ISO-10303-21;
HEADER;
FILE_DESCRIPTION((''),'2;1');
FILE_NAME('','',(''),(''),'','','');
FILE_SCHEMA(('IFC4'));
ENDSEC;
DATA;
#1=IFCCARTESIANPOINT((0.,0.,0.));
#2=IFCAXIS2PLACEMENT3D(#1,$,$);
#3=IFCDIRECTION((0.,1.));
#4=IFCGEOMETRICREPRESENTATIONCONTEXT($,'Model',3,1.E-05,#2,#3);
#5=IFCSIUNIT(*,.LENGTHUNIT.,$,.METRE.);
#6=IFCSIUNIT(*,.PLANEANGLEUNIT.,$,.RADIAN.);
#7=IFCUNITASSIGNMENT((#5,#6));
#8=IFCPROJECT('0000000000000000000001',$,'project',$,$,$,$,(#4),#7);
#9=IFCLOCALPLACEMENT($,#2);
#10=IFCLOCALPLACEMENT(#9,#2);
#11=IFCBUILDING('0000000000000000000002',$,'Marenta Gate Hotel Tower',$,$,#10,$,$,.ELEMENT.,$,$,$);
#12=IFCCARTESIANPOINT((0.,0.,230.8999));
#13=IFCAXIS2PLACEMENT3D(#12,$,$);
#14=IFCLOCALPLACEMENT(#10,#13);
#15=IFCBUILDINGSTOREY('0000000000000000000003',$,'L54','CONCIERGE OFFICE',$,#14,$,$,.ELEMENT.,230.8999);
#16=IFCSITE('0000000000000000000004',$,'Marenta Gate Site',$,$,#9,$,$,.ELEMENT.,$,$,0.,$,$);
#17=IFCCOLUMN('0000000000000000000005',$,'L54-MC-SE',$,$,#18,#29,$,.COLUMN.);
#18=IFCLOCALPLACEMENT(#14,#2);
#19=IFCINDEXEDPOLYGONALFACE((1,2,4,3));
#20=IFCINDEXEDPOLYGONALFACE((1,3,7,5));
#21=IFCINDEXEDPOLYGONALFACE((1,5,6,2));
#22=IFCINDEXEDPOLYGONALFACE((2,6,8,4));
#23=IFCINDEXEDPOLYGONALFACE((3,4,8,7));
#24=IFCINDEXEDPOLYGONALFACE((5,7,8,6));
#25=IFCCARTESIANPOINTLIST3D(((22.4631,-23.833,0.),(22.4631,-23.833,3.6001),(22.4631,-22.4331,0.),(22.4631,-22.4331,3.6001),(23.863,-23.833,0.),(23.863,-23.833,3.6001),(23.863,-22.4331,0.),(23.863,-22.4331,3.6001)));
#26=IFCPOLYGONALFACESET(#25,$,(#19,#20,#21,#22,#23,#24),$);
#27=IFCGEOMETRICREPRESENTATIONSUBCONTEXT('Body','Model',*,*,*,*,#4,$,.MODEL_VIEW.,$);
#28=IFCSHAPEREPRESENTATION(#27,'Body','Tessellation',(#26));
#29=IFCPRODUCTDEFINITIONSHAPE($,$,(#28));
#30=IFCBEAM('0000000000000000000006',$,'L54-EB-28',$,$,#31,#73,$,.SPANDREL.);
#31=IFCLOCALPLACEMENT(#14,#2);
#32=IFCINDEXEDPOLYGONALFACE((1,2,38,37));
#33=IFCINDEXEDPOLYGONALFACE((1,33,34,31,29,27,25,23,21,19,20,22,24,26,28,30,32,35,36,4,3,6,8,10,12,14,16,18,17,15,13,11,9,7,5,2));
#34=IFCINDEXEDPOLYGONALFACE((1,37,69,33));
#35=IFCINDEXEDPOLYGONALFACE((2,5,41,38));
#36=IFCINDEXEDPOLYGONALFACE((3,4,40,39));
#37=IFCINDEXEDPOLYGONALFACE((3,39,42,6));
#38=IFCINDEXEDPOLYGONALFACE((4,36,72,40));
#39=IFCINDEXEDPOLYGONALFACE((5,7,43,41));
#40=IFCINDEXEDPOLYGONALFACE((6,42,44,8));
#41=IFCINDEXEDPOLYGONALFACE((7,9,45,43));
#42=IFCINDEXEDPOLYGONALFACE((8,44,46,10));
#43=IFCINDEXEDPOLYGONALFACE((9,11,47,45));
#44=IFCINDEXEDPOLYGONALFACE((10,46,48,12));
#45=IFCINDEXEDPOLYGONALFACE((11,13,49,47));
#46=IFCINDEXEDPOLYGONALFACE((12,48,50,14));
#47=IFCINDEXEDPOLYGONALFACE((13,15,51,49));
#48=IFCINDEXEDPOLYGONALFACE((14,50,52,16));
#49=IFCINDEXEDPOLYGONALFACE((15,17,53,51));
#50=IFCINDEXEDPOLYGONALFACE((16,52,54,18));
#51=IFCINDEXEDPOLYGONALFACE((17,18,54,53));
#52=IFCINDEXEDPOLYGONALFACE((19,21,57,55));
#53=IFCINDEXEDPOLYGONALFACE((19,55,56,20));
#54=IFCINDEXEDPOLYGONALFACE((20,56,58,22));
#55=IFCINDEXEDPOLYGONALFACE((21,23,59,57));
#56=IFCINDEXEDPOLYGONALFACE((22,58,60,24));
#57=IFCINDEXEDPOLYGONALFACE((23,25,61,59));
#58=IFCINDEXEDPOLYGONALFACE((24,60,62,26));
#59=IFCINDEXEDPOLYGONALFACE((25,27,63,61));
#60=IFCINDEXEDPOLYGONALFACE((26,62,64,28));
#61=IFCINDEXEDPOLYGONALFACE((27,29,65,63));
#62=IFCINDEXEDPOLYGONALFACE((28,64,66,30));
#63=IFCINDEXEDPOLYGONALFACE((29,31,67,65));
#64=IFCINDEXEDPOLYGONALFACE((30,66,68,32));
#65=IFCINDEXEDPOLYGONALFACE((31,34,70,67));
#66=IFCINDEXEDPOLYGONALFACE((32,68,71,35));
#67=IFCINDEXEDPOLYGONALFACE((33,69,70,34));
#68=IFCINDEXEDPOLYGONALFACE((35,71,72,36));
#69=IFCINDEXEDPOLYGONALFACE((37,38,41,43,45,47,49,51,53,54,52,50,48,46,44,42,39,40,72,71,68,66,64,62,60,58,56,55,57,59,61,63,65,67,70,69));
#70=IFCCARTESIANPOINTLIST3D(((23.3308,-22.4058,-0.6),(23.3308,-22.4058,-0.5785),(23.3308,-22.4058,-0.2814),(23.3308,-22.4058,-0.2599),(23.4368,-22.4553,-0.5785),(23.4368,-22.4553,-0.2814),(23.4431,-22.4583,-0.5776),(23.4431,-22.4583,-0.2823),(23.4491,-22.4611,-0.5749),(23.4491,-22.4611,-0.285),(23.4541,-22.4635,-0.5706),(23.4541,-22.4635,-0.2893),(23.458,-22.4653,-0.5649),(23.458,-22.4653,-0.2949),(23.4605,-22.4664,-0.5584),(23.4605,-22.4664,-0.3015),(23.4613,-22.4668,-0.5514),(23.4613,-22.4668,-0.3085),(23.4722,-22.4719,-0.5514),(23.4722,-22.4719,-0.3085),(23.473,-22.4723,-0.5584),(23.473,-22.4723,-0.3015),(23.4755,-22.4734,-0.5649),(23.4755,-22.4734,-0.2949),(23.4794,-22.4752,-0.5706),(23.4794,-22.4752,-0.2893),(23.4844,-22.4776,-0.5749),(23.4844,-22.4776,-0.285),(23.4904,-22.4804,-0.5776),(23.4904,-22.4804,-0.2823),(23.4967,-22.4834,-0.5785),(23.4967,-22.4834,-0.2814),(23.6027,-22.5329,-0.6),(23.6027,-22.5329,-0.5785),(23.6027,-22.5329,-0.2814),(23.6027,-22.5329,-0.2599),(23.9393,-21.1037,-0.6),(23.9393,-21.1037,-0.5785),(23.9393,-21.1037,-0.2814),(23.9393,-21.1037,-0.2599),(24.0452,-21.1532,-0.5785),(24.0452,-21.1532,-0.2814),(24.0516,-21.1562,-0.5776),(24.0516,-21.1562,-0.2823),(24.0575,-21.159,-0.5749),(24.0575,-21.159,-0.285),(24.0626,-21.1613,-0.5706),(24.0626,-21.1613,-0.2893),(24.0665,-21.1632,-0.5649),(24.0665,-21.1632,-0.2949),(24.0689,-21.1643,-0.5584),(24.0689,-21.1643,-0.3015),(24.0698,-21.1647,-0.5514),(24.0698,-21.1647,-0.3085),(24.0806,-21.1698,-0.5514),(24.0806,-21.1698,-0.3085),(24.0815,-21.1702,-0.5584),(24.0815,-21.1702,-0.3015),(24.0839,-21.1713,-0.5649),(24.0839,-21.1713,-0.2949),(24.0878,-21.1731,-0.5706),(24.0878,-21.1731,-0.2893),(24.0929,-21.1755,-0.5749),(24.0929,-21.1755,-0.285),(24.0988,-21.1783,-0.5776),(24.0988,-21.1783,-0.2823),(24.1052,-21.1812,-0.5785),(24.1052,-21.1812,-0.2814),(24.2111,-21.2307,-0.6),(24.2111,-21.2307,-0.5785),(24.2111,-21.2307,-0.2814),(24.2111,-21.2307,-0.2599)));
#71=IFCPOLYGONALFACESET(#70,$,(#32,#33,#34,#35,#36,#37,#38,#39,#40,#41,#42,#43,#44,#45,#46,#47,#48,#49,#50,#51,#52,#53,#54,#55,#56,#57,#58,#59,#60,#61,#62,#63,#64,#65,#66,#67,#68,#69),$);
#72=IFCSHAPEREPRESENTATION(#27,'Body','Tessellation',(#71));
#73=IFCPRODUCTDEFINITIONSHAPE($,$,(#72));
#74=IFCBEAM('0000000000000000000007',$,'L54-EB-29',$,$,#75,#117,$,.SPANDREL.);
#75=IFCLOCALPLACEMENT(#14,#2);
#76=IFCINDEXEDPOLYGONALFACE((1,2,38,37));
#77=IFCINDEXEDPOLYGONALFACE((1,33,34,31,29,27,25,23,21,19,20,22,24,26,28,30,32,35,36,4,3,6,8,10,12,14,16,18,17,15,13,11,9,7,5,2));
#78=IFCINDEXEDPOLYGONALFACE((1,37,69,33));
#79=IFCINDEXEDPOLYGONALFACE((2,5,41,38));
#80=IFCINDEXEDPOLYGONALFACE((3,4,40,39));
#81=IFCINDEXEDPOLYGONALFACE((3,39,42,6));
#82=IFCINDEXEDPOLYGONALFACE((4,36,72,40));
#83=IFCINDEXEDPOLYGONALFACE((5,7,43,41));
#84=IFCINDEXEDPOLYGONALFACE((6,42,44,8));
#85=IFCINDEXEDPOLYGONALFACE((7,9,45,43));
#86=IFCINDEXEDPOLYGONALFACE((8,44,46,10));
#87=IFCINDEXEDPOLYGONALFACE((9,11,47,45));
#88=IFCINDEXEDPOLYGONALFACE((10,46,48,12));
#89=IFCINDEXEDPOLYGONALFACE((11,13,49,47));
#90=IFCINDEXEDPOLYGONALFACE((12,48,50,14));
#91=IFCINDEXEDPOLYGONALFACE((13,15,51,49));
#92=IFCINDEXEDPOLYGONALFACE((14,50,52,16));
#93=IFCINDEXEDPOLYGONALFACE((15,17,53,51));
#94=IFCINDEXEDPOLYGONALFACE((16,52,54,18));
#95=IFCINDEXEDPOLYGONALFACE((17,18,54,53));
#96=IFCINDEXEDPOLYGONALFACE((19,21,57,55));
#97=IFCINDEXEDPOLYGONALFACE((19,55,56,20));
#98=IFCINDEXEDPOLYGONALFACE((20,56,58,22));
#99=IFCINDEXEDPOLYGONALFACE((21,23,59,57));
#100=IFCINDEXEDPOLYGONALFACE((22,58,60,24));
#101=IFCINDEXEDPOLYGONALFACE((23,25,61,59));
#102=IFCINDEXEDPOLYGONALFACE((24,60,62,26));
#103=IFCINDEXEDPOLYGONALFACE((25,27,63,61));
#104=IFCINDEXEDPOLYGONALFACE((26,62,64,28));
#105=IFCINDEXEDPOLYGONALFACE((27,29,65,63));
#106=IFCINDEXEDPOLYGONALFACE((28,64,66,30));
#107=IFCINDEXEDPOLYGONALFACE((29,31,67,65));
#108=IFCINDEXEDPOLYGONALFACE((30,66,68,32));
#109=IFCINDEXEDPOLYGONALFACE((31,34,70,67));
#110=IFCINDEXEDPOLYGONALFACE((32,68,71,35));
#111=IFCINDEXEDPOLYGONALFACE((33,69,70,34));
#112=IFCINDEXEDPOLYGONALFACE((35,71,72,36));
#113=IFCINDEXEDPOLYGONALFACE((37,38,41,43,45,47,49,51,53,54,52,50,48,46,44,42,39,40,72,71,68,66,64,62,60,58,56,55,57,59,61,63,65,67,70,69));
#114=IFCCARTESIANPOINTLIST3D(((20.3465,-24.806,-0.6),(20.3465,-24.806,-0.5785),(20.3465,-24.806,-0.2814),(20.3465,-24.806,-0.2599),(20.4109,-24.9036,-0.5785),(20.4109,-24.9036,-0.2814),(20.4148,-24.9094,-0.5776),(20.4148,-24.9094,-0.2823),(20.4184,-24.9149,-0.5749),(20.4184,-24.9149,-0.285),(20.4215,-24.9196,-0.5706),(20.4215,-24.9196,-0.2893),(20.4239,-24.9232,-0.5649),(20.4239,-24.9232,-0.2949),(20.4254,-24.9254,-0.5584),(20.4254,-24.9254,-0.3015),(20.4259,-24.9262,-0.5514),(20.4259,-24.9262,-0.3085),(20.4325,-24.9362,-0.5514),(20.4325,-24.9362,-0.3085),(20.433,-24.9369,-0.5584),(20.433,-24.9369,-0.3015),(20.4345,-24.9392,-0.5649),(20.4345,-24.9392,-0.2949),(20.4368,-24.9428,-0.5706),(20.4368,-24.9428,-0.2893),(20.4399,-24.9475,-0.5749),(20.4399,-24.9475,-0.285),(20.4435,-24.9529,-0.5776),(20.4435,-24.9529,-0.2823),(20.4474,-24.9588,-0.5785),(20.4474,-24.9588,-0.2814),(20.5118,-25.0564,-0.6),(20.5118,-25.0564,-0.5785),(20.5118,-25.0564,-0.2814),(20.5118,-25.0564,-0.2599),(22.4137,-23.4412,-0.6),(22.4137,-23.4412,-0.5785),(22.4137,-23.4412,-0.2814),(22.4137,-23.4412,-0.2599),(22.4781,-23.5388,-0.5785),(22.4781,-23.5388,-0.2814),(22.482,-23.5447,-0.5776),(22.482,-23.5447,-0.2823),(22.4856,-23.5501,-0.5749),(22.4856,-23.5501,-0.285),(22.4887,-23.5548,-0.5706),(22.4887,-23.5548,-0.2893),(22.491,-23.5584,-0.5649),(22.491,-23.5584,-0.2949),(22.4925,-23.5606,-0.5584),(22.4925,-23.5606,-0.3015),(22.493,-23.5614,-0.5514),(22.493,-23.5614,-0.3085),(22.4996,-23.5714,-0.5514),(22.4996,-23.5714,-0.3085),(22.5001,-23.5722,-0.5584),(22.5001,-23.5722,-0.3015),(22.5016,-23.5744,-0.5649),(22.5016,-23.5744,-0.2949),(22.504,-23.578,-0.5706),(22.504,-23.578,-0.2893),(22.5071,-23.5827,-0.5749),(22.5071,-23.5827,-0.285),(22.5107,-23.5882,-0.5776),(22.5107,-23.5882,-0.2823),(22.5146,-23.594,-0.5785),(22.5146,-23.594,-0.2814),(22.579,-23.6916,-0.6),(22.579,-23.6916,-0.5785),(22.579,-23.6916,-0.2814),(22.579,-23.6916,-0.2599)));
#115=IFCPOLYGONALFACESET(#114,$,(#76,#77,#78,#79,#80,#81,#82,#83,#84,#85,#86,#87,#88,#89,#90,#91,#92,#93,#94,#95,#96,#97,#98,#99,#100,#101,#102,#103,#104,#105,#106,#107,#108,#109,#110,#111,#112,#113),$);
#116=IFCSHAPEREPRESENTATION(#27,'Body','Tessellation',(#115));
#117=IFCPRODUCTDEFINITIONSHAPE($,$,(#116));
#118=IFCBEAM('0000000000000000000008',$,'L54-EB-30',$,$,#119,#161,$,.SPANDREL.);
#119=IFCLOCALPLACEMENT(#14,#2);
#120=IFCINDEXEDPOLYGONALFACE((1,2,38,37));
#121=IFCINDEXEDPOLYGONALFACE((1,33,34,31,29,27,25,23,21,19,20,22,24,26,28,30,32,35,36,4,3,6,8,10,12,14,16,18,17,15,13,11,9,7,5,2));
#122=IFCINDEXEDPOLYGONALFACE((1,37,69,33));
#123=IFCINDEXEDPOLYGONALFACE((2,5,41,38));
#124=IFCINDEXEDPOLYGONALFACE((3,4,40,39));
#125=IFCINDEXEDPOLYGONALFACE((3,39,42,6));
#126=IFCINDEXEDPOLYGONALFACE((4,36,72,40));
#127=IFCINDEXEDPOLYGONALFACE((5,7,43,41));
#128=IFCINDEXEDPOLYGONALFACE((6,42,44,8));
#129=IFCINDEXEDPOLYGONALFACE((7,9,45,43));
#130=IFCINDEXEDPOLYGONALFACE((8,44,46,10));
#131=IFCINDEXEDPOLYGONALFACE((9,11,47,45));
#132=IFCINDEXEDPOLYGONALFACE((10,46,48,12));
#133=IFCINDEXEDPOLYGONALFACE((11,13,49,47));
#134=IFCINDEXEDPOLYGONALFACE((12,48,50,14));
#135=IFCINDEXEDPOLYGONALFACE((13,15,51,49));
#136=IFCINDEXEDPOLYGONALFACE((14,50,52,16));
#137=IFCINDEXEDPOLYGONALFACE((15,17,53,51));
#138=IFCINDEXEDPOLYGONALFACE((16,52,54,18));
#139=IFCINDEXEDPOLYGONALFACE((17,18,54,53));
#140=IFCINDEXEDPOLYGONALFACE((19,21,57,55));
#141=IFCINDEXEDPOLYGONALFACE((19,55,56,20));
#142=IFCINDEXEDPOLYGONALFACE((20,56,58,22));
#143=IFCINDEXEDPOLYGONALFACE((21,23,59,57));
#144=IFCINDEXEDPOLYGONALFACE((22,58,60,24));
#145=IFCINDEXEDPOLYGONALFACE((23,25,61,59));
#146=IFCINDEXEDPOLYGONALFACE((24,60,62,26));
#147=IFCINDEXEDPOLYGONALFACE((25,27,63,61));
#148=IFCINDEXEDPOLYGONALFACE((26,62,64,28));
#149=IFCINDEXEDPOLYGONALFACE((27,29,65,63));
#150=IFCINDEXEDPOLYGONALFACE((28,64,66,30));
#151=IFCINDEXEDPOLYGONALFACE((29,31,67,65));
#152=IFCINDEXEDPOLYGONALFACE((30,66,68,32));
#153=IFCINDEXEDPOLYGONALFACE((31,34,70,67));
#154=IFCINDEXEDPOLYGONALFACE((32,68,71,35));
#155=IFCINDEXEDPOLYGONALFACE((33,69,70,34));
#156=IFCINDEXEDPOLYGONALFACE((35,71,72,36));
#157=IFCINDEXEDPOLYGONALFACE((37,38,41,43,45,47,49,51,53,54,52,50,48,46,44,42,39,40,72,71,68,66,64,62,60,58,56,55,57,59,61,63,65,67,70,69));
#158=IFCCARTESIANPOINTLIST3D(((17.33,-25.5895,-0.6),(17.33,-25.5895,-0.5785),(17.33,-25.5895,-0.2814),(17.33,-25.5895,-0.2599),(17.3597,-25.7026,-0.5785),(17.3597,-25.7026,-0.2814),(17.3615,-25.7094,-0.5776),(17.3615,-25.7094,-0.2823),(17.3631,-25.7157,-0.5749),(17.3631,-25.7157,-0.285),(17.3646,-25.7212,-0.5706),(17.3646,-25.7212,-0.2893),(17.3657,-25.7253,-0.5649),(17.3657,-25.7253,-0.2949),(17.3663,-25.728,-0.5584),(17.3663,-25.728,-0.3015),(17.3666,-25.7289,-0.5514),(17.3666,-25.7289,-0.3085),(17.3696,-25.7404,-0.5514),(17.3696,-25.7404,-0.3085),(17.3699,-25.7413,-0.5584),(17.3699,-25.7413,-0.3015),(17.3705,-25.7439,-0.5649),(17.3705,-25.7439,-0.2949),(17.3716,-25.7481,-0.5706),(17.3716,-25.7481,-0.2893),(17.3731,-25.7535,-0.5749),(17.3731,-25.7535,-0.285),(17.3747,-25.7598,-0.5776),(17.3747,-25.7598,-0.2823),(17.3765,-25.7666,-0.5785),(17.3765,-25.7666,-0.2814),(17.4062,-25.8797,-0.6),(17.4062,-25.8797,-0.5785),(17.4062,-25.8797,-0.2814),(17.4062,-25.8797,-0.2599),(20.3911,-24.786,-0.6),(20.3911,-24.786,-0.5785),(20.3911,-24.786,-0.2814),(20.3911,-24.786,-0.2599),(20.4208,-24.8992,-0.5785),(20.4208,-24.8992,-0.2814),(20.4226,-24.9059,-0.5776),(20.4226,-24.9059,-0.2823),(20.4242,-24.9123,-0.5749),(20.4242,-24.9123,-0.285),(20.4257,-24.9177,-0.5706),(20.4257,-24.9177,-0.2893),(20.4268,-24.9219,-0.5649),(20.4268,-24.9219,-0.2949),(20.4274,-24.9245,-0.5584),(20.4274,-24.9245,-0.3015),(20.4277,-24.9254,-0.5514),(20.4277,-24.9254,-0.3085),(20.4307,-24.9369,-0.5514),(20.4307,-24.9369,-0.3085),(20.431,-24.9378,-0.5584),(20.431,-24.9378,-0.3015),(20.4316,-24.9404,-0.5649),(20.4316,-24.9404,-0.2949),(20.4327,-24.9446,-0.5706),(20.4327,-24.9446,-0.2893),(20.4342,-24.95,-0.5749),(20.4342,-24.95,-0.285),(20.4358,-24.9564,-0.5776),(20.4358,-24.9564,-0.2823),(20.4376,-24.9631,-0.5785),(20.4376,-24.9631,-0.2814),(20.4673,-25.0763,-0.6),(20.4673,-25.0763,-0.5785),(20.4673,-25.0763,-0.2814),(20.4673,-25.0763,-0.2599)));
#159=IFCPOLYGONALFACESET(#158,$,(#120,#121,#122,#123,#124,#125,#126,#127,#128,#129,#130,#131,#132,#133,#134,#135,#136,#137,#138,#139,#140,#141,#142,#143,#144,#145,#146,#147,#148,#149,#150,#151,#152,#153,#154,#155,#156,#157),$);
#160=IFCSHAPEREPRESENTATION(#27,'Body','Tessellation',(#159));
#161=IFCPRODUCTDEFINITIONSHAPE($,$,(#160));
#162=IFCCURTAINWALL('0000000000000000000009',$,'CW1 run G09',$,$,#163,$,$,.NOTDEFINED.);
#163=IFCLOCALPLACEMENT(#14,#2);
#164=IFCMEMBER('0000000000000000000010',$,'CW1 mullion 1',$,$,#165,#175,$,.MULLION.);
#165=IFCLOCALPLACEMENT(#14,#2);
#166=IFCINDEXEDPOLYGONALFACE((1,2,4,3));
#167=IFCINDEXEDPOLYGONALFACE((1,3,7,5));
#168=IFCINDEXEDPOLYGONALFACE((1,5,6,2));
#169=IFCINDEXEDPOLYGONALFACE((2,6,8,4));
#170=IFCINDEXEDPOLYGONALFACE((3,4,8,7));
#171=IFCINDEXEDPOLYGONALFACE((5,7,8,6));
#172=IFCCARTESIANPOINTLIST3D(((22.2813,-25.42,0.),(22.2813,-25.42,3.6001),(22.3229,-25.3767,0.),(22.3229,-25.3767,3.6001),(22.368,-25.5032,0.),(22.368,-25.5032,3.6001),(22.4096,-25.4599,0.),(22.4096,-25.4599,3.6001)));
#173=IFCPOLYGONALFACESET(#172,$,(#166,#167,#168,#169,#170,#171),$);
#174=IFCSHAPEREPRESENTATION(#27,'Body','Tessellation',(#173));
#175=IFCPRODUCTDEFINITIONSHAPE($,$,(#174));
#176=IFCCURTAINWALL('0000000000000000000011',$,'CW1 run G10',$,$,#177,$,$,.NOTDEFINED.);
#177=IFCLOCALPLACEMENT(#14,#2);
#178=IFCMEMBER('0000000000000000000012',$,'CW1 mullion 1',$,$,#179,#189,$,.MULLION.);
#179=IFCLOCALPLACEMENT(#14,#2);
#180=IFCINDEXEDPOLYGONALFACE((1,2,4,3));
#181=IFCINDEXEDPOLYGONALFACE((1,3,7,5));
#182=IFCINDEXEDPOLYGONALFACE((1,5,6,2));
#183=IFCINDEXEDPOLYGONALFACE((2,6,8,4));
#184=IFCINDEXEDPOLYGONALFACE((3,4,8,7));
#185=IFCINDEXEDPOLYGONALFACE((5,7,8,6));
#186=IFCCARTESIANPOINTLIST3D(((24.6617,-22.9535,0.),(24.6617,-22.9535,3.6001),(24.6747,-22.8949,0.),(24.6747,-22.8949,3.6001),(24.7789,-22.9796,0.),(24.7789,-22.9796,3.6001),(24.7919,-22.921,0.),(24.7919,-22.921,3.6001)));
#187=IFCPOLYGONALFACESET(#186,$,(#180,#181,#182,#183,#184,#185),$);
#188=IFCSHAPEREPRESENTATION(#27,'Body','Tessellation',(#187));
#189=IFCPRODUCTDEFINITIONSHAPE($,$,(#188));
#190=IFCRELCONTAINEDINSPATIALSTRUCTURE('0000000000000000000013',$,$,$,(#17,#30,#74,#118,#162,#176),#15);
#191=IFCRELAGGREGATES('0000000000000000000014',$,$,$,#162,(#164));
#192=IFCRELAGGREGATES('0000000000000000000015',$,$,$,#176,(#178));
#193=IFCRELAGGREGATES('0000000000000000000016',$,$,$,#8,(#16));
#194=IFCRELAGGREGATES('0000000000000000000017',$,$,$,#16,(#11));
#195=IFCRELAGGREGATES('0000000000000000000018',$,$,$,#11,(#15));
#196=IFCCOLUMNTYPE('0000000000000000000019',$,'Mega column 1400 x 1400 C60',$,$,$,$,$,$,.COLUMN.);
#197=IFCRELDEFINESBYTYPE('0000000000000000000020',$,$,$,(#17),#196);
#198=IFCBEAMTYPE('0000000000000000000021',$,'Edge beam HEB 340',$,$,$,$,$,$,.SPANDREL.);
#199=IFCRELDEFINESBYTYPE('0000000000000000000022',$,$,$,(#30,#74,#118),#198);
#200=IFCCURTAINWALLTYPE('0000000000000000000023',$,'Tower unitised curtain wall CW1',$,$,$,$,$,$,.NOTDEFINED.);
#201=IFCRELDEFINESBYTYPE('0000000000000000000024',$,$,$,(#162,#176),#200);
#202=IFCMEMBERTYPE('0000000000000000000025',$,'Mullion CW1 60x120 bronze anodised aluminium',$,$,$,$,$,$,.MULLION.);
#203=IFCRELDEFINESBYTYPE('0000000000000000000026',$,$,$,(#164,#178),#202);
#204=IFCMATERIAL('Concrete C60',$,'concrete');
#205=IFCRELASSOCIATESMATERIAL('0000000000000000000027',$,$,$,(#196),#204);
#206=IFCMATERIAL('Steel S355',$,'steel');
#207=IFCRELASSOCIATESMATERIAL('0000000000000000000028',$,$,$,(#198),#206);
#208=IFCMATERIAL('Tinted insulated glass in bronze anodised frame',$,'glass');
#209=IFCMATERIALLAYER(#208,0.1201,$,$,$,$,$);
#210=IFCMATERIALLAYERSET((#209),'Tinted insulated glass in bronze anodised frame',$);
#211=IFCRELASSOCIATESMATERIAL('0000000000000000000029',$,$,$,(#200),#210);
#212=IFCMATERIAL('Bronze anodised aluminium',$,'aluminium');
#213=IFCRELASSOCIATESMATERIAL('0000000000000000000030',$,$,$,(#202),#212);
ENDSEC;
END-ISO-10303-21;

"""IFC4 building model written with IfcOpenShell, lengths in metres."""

from ifc_helpers import new_model, si_unit, direction, frame, origin, origin_2d, place, context, subcontext, project, spatial, rectangle, i_section, extrude, material, layer, layer_set, material_profile, profile_set, type_object, element, aggregate, save


model = new_model("IFC4")

# Units and contexts
model_context = context("Model", 3, precision=1e-05, world=origin(), true_north=direction((0.0, 1.0)))
body_context = subcontext(model_context, "Body", "Model", "MODEL_VIEW")
ifc_project = project(units=[si_unit("LENGTHUNIT", "METRE"), si_unit("PLANEANGLEUNIT", "RADIAN")], contexts=[model_context])

# Site, building, storey
site_placement = place(None, origin())
site = spatial("IfcSite", under=ifc_project, at=site_placement, Name="Marenta Gate Site", CompositionType="ELEMENT", RefElevation=0.0)
building_placement = place(site_placement, origin())
building = spatial("IfcBuilding", under=site, at=building_placement, Name="Marenta Gate Hotel Tower", CompositionType="ELEMENT")
storey_placement = place(building_placement, frame((0.0, 0.0, 230.8999)))
storey = spatial("IfcBuildingStorey", under=building, at=storey_placement, Name="L54", Description="CONCIERGE OFFICE", CompositionType="ELEMENT", Elevation=230.8999)

# Column
ifc_material_1 = material(Name="Concrete C60", Category="concrete")
ifc_material_profile_1 = material_profile(ifc_material_1, rectangle(XDim=1.3999, YDim=1.3999, at=origin_2d()), Name="1400 x 1400")
ifc_profile_set_1 = profile_set([ifc_material_profile_1], Name="Concrete C60")
column_type = type_object("IfcColumnType", Name="Mega column 1400 x 1400 C60", PredefinedType="COLUMN", material=ifc_profile_set_1)
column_placement = place(storey_placement, frame((23.1631, -23.1331, 0.0), z_axis=(0.0, 0.0, 1.0), x_axis=(1.0, 0.0, 0.0)))
element("IfcColumn", 1, at=column_placement, inside=storey, type_object=column_type, Name="L54-MC-SE", PredefinedType="COLUMN", context=body_context, shape_type="SweptSolid", body=[
    extrude(rectangle(XDim=1.3999, YDim=1.3999, at=origin_2d()), origin(), (0.0, 0.0, 1.0), 3.6001),
])

# Beams
ifc_material_2 = material(Name="Steel S355", Category="steel")
ifc_material_profile_2 = material_profile(ifc_material_2, i_section(OverallWidth=0.3, OverallDepth=0.3401, WebThickness=0.012, FlangeThickness=0.0215, FilletRadius=0.0271, at=origin_2d()), Name="HEB 340")
ifc_profile_set_2 = profile_set([ifc_material_profile_2], Name="Steel S355")
beam_type = type_object("IfcBeamType", Name="Edge beam HEB 340", PredefinedType="SPANDREL", material=ifc_profile_set_2)
beam_1_placement = place(storey_placement, frame((24.0752, -21.1672, -0.4299), z_axis=(-0.423341, -0.90597, 0.0), x_axis=(0.90597, -0.423341, 0.0)))
element("IfcBeam", 2, at=beam_1_placement, inside=storey, type_object=beam_type, Name="L54-EB-28", PredefinedType="SPANDREL", context=body_context, shape_type="SweptSolid", body=[
    extrude(i_section(OverallWidth=0.3, OverallDepth=0.3401, WebThickness=0.012, FlangeThickness=0.0215, FilletRadius=0.0271, at=origin_2d()), origin(), (0.0, 0.0, 1.0), 1.4373),
])
beam_2_placement = place(storey_placement, frame((22.4963, -23.5664, -0.4299), z_axis=(-0.834529, -0.550964, 0.0), x_axis=(0.550964, -0.834529, 0.0)))
element("IfcBeam", 3, at=beam_2_placement, inside=storey, type_object=beam_type, Name="L54-EB-29", PredefinedType="SPANDREL", context=body_context, shape_type="SweptSolid", body=[
    extrude(i_section(OverallWidth=0.3, OverallDepth=0.3401, WebThickness=0.012, FlangeThickness=0.0215, FilletRadius=0.0271, at=origin_2d()), origin(), (0.0, 0.0, 1.0), 2.4771),
])
beam_3_placement = place(storey_placement, frame((20.4292, -24.9312, -0.4299), z_axis=(-0.967235, -0.253882, 0.0), x_axis=(0.253882, -0.967235, 0.0)))
element("IfcBeam", 4, at=beam_3_placement, inside=storey, type_object=beam_type, Name="L54-EB-30", PredefinedType="SPANDREL", context=body_context, shape_type="SweptSolid", body=[
    extrude(i_section(OverallWidth=0.3, OverallDepth=0.3401, WebThickness=0.012, FlangeThickness=0.0215, FilletRadius=0.0271, at=origin_2d()), origin(), (0.0, 0.0, 1.0), 3.1648),
])

# Curtain walls, members
ifc_material_3 = material(Name="Tinted insulated glass in bronze anodised frame", Category="glass")
ifc_layer_1 = layer(ifc_material_3, 0.1201)
ifc_layer_set_1 = layer_set([ifc_layer_1], Name="Tinted insulated glass in bronze anodised frame")
curtain_wall_type = type_object("IfcCurtainWallType", Name="Tower unitised curtain wall CW1", PredefinedType="NOTDEFINED", material=ifc_layer_set_1)
curtain_wall_1_placement = place(storey_placement, origin())
curtain_wall_1 = element("IfcCurtainWall", 5, at=curtain_wall_1_placement, inside=storey, type_object=curtain_wall_type, Name="CW1 run G09", PredefinedType="NOTDEFINED")
ifc_material_4 = material(Name="Bronze anodised aluminium", Category="aluminium")
ifc_material_profile_3 = material_profile(ifc_material_4, rectangle(XDim=0.1201, YDim=0.0601, at=origin_2d()), Name="Mullion CW1 60x120 bronze anodised aluminium")
ifc_profile_set_3 = profile_set([ifc_material_profile_3], Name="Bronze anodised aluminium")
member_type_1 = type_object("IfcMemberType", Name="Mullion CW1 60x120 bronze anodised aluminium", PredefinedType="MULLION", material=ifc_profile_set_3)
member_1_placement = place(storey_placement, frame((22.3455, -25.4399, 0.0), z_axis=(0.0, 0.0, 1.0), x_axis=(-0.721372, 0.692548, 0.0)))
member_1 = element("IfcMember", 6, at=member_1_placement, type_object=member_type_1, Name="CW1 mullion 1", PredefinedType="MULLION", context=body_context, shape_type="SweptSolid", body=[
    extrude(rectangle(XDim=0.1201, YDim=0.0601, at=origin_2d()), origin(), (0.0, 0.0, 1.0), 3.6001),
])
curtain_wall_2_placement = place(storey_placement, origin())
curtain_wall_2 = element("IfcCurtainWall", 7, at=curtain_wall_2_placement, inside=storey, type_object=curtain_wall_type, Name="CW1 run G10", PredefinedType="NOTDEFINED")
member_2_placement = place(storey_placement, frame((24.7268, -22.9373, 0.0), z_axis=(0.0, 0.0, 1.0), x_axis=(-0.976207, 0.216842, 0.0)))
member_2 = element("IfcMember", 8, at=member_2_placement, type_object=member_type_1, Name="CW1 mullion 1", PredefinedType="MULLION", context=body_context, shape_type="SweptSolid", body=[
    extrude(rectangle(XDim=0.1201, YDim=0.0601, at=origin_2d()), origin(), (0.0, 0.0, 1.0), 3.6001),
])

aggregate(curtain_wall_1, [member_1])
aggregate(curtain_wall_2, [member_2])

save(model, "model.ifc")
